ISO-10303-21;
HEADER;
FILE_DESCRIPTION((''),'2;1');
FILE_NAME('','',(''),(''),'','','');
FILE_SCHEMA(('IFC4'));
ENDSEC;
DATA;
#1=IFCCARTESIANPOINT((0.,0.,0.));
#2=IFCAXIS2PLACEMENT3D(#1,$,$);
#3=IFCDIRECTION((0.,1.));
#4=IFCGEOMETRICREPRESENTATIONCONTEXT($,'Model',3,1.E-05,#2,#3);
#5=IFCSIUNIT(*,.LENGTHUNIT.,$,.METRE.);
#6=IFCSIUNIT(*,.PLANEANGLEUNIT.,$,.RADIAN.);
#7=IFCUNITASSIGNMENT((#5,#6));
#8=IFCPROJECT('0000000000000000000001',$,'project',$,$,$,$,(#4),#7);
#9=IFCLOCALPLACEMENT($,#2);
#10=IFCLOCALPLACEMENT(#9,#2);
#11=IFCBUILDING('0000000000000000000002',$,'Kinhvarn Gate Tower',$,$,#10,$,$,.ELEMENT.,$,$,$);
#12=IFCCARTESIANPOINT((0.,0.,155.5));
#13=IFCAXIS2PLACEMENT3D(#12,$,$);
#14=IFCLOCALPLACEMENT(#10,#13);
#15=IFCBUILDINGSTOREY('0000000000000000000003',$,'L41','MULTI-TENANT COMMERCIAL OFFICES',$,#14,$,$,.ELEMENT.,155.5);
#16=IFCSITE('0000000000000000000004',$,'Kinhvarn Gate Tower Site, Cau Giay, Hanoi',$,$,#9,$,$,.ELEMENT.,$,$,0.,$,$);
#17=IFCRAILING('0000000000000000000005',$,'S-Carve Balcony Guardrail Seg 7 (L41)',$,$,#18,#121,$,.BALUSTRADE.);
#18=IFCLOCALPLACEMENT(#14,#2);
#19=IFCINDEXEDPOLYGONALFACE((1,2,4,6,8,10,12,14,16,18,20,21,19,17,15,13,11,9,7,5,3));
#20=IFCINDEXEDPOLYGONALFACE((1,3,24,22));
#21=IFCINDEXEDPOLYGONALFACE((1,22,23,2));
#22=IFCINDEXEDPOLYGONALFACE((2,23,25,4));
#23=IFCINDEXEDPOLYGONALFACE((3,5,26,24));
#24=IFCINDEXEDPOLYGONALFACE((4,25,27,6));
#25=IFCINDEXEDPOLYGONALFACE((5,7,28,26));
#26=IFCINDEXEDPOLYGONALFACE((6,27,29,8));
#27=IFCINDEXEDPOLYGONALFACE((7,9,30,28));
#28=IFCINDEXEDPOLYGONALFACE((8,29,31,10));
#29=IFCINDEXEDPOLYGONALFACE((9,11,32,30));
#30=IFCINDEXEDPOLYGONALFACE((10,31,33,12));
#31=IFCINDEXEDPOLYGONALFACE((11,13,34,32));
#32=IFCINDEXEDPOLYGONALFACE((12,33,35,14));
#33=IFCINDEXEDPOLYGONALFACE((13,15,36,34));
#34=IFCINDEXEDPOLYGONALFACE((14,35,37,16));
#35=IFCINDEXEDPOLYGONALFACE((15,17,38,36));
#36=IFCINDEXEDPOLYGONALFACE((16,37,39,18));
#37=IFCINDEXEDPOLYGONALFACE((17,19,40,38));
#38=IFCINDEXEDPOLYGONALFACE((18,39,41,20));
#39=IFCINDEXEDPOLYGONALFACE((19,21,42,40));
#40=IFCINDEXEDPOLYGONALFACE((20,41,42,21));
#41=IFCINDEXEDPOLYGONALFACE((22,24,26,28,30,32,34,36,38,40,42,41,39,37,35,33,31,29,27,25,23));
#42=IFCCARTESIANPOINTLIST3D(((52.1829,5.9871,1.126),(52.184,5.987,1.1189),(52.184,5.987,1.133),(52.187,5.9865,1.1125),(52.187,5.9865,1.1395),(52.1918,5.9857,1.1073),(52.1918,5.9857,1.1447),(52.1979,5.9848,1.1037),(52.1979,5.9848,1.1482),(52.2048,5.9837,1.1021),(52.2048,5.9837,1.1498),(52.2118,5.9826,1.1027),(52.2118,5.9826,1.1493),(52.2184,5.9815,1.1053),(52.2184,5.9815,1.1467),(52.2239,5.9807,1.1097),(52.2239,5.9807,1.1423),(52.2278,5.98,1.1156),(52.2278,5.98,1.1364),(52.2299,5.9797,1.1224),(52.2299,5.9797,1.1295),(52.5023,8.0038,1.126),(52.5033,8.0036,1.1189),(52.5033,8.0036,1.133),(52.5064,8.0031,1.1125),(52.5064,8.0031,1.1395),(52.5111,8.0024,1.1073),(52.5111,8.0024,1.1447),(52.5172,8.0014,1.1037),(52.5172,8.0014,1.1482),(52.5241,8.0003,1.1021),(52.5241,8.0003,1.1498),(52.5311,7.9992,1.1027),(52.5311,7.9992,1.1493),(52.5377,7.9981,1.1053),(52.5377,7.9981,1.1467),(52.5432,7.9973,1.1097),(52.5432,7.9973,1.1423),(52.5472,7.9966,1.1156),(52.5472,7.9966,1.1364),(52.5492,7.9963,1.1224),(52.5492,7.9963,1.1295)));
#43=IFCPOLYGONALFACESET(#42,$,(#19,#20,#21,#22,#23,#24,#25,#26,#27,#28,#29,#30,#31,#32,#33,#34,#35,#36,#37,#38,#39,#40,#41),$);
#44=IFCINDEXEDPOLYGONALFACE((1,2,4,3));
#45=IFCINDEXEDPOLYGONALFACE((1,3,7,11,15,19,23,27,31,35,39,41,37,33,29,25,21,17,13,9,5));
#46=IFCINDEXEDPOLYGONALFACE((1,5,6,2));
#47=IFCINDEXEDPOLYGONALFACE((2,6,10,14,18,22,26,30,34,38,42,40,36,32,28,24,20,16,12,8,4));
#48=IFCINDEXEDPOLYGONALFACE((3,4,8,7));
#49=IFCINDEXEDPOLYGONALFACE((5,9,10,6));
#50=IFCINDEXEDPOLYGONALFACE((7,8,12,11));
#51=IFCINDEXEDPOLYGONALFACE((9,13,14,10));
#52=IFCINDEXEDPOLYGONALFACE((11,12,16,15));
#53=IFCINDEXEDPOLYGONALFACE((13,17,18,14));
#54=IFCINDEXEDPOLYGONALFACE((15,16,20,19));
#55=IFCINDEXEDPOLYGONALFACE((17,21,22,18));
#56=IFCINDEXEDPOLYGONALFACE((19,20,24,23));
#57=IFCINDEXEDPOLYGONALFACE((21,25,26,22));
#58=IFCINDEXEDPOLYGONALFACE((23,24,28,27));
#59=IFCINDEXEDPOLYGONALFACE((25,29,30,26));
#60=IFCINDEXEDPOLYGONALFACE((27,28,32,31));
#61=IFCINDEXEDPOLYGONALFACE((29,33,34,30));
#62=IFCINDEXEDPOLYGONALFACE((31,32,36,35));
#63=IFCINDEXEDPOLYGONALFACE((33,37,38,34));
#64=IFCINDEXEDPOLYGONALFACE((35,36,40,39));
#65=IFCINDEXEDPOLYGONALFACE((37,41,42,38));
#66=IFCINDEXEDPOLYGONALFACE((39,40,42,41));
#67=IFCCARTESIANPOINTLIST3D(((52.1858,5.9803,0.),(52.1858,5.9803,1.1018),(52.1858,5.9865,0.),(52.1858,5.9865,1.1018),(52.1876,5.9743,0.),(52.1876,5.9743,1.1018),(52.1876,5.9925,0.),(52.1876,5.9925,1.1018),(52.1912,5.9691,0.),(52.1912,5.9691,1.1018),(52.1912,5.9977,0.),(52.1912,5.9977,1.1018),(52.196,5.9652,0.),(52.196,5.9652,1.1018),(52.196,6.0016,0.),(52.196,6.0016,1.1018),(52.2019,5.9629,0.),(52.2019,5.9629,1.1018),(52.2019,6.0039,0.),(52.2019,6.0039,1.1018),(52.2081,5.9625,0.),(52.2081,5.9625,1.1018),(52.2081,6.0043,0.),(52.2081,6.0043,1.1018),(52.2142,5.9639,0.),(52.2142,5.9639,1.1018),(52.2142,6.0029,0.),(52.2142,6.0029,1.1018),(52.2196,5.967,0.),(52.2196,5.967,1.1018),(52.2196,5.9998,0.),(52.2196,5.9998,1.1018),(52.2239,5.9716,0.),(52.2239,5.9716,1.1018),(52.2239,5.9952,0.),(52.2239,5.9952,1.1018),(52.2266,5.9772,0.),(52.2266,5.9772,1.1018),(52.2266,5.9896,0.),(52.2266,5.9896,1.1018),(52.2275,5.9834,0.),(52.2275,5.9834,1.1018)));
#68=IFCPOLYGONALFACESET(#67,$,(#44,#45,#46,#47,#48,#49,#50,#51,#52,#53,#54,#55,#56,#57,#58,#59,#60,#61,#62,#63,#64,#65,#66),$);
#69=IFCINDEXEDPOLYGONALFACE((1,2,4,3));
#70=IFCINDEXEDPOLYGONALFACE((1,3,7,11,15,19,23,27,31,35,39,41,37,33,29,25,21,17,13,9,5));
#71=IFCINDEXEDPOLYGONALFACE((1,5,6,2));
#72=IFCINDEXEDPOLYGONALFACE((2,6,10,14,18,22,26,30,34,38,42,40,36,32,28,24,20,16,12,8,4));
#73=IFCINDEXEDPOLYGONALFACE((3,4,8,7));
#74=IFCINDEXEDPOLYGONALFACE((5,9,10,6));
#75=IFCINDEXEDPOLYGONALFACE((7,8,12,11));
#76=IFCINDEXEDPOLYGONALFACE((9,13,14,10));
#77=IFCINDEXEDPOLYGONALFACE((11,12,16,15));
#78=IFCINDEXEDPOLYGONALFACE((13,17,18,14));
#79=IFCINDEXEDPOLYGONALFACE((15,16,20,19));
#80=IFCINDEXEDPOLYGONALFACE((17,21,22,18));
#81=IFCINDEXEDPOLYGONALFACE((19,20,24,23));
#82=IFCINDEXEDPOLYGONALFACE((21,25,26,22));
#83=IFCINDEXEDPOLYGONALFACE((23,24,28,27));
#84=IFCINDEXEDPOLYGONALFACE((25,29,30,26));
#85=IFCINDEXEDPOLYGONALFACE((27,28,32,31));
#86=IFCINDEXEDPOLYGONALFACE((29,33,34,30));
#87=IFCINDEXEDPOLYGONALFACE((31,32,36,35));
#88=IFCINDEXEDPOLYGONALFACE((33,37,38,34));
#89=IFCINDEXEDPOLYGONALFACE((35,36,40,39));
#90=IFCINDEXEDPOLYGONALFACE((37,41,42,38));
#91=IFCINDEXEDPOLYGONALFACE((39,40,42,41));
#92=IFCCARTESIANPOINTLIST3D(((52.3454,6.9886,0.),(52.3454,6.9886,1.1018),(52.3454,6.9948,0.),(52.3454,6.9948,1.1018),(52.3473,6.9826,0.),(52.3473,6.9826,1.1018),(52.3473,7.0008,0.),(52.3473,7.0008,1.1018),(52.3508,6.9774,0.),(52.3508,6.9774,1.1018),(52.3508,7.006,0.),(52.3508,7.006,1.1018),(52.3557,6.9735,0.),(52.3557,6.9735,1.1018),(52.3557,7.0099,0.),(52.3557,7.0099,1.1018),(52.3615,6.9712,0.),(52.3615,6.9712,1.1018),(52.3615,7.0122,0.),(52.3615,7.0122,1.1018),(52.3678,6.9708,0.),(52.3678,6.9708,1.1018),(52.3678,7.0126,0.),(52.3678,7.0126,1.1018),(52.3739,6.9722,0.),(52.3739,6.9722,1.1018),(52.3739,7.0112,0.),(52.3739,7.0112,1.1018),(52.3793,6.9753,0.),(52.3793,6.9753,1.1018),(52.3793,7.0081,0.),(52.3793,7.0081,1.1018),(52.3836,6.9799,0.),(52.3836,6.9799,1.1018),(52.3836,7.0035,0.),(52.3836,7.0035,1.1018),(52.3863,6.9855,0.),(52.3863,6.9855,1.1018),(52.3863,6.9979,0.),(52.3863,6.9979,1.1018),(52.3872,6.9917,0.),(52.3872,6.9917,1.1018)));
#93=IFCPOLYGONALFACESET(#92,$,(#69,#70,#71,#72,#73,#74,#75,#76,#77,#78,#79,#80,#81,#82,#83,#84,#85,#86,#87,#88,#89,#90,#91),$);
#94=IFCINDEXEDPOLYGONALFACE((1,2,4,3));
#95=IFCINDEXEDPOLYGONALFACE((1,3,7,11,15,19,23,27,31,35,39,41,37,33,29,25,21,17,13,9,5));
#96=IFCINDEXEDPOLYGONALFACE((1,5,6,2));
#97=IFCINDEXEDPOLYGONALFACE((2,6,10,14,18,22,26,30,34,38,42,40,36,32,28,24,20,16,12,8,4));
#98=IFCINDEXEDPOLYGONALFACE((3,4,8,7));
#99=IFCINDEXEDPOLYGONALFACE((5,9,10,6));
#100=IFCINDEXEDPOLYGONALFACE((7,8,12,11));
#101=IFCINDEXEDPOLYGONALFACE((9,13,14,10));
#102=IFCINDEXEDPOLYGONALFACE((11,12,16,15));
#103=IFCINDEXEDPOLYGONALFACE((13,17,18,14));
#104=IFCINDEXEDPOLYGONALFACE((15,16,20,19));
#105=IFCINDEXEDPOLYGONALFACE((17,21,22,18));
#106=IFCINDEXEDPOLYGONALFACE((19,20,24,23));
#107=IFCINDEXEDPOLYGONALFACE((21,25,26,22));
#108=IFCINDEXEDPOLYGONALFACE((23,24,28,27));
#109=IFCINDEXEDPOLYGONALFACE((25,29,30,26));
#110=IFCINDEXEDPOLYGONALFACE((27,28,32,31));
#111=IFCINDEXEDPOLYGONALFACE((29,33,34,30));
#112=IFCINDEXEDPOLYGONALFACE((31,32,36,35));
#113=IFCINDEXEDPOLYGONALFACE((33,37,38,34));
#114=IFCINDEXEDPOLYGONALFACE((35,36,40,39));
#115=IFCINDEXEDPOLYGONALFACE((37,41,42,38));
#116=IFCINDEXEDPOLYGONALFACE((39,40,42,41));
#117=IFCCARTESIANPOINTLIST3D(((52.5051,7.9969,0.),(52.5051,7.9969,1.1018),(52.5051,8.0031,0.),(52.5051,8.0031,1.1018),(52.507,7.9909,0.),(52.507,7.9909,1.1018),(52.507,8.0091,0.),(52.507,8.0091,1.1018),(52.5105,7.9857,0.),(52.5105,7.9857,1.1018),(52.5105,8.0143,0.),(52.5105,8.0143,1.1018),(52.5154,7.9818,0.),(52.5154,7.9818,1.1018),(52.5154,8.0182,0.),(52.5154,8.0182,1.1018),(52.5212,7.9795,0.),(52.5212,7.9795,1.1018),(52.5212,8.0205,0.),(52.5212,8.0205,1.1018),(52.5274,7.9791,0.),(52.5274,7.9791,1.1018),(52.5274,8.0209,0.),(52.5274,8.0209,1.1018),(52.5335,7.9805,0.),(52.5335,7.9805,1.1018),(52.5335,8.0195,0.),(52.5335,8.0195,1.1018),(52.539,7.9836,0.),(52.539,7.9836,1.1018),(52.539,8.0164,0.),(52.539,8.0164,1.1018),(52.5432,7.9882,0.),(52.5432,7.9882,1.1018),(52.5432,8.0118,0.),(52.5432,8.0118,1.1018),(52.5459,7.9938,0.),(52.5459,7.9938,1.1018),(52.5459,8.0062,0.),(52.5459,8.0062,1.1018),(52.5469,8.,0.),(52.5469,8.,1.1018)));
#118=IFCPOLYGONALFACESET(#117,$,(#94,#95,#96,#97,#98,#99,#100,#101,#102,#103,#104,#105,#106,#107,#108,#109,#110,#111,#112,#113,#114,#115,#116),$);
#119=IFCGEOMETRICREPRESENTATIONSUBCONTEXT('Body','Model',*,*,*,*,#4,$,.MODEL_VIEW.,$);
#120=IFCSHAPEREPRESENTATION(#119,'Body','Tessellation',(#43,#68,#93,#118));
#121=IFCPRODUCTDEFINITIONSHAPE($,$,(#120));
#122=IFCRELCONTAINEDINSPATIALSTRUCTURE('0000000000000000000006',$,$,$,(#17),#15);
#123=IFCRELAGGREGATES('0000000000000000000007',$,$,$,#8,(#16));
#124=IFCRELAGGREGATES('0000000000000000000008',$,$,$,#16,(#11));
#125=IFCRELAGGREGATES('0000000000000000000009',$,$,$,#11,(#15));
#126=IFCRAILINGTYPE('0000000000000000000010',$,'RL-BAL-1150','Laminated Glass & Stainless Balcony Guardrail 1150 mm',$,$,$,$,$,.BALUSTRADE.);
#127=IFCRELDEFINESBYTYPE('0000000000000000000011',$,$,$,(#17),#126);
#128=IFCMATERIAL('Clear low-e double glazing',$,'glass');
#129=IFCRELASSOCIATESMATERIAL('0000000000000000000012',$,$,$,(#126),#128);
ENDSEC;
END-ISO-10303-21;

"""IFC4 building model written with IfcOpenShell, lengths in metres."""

from ifc_helpers import new_model, si_unit, direction, frame, origin, origin_2d, place, context, subcontext, project, spatial, circle, extrude, material, type_object, element, save


model = new_model("IFC4")

# Units and contexts
model_context = context("Model", 3, precision=1e-05, world=origin(), true_north=direction((0.0, 1.0)))
body_context = subcontext(model_context, "Body", "Model", "MODEL_VIEW")
ifc_project = project(units=[si_unit("LENGTHUNIT", "METRE"), si_unit("PLANEANGLEUNIT", "RADIAN")], contexts=[model_context])

# Site, building, storey
site_placement = place(None, origin())
site = spatial("IfcSite", under=ifc_project, at=site_placement, Name="Kinhvarn Gate Tower Site, Cau Giay, Hanoi", CompositionType="ELEMENT", RefElevation=0.0)
building_placement = place(site_placement, origin())
building = spatial("IfcBuilding", under=site, at=building_placement, Name="Kinhvarn Gate Tower", CompositionType="ELEMENT")
storey_placement = place(building_placement, frame((0.0, 0.0, 155.5)))
storey = spatial("IfcBuildingStorey", under=building, at=storey_placement, Name="L41", Description="MULTI-TENANT COMMERCIAL OFFICES", CompositionType="ELEMENT", Elevation=155.5)

# Shared definitions
ifc_material_1 = material(Name="Clear low-e double glazing", Category="glass")

# Railing
railing_type = type_object("IfcRailingType", Name="RL-BAL-1150", Description="Laminated Glass & Stainless Balcony Guardrail 1150 mm", PredefinedType="BALUSTRADE", material=ifc_material_1)
railing_1_placement = place(storey_placement, frame((52.2065, 5.9834, 0.0)))
element("IfcRailing", 1, at=railing_1_placement, inside=storey, type_object=railing_type, Name="S-Carve Balcony Guardrail Seg 7 (L41)", PredefinedType="BALUSTRADE", context=body_context, shape_type="SweptSolid", body=[
    extrude(circle(Radius=0.0239, at=origin_2d()), frame((0.0, 0.0, 1.126), z_axis=(0.156405, 0.987693, 0.0), x_axis=(-0.987693, 0.156405, 0.0)), (0.0, 0.0, 1.0), 2.0417),
    extrude(circle(Radius=0.021, at=origin_2d()), origin(), (0.0, 0.0, 1.0), 1.1018),
    extrude(circle(Radius=0.021, at=origin_2d()), frame((0.1597, 1.0083, 0.0)), (0.0, 0.0, 1.0), 1.1018),
    extrude(circle(Radius=0.021, at=origin_2d()), frame((0.3193, 2.0166, 0.0)), (0.0, 0.0, 1.0), 1.1018),
])

save(model, "model.ifc")
